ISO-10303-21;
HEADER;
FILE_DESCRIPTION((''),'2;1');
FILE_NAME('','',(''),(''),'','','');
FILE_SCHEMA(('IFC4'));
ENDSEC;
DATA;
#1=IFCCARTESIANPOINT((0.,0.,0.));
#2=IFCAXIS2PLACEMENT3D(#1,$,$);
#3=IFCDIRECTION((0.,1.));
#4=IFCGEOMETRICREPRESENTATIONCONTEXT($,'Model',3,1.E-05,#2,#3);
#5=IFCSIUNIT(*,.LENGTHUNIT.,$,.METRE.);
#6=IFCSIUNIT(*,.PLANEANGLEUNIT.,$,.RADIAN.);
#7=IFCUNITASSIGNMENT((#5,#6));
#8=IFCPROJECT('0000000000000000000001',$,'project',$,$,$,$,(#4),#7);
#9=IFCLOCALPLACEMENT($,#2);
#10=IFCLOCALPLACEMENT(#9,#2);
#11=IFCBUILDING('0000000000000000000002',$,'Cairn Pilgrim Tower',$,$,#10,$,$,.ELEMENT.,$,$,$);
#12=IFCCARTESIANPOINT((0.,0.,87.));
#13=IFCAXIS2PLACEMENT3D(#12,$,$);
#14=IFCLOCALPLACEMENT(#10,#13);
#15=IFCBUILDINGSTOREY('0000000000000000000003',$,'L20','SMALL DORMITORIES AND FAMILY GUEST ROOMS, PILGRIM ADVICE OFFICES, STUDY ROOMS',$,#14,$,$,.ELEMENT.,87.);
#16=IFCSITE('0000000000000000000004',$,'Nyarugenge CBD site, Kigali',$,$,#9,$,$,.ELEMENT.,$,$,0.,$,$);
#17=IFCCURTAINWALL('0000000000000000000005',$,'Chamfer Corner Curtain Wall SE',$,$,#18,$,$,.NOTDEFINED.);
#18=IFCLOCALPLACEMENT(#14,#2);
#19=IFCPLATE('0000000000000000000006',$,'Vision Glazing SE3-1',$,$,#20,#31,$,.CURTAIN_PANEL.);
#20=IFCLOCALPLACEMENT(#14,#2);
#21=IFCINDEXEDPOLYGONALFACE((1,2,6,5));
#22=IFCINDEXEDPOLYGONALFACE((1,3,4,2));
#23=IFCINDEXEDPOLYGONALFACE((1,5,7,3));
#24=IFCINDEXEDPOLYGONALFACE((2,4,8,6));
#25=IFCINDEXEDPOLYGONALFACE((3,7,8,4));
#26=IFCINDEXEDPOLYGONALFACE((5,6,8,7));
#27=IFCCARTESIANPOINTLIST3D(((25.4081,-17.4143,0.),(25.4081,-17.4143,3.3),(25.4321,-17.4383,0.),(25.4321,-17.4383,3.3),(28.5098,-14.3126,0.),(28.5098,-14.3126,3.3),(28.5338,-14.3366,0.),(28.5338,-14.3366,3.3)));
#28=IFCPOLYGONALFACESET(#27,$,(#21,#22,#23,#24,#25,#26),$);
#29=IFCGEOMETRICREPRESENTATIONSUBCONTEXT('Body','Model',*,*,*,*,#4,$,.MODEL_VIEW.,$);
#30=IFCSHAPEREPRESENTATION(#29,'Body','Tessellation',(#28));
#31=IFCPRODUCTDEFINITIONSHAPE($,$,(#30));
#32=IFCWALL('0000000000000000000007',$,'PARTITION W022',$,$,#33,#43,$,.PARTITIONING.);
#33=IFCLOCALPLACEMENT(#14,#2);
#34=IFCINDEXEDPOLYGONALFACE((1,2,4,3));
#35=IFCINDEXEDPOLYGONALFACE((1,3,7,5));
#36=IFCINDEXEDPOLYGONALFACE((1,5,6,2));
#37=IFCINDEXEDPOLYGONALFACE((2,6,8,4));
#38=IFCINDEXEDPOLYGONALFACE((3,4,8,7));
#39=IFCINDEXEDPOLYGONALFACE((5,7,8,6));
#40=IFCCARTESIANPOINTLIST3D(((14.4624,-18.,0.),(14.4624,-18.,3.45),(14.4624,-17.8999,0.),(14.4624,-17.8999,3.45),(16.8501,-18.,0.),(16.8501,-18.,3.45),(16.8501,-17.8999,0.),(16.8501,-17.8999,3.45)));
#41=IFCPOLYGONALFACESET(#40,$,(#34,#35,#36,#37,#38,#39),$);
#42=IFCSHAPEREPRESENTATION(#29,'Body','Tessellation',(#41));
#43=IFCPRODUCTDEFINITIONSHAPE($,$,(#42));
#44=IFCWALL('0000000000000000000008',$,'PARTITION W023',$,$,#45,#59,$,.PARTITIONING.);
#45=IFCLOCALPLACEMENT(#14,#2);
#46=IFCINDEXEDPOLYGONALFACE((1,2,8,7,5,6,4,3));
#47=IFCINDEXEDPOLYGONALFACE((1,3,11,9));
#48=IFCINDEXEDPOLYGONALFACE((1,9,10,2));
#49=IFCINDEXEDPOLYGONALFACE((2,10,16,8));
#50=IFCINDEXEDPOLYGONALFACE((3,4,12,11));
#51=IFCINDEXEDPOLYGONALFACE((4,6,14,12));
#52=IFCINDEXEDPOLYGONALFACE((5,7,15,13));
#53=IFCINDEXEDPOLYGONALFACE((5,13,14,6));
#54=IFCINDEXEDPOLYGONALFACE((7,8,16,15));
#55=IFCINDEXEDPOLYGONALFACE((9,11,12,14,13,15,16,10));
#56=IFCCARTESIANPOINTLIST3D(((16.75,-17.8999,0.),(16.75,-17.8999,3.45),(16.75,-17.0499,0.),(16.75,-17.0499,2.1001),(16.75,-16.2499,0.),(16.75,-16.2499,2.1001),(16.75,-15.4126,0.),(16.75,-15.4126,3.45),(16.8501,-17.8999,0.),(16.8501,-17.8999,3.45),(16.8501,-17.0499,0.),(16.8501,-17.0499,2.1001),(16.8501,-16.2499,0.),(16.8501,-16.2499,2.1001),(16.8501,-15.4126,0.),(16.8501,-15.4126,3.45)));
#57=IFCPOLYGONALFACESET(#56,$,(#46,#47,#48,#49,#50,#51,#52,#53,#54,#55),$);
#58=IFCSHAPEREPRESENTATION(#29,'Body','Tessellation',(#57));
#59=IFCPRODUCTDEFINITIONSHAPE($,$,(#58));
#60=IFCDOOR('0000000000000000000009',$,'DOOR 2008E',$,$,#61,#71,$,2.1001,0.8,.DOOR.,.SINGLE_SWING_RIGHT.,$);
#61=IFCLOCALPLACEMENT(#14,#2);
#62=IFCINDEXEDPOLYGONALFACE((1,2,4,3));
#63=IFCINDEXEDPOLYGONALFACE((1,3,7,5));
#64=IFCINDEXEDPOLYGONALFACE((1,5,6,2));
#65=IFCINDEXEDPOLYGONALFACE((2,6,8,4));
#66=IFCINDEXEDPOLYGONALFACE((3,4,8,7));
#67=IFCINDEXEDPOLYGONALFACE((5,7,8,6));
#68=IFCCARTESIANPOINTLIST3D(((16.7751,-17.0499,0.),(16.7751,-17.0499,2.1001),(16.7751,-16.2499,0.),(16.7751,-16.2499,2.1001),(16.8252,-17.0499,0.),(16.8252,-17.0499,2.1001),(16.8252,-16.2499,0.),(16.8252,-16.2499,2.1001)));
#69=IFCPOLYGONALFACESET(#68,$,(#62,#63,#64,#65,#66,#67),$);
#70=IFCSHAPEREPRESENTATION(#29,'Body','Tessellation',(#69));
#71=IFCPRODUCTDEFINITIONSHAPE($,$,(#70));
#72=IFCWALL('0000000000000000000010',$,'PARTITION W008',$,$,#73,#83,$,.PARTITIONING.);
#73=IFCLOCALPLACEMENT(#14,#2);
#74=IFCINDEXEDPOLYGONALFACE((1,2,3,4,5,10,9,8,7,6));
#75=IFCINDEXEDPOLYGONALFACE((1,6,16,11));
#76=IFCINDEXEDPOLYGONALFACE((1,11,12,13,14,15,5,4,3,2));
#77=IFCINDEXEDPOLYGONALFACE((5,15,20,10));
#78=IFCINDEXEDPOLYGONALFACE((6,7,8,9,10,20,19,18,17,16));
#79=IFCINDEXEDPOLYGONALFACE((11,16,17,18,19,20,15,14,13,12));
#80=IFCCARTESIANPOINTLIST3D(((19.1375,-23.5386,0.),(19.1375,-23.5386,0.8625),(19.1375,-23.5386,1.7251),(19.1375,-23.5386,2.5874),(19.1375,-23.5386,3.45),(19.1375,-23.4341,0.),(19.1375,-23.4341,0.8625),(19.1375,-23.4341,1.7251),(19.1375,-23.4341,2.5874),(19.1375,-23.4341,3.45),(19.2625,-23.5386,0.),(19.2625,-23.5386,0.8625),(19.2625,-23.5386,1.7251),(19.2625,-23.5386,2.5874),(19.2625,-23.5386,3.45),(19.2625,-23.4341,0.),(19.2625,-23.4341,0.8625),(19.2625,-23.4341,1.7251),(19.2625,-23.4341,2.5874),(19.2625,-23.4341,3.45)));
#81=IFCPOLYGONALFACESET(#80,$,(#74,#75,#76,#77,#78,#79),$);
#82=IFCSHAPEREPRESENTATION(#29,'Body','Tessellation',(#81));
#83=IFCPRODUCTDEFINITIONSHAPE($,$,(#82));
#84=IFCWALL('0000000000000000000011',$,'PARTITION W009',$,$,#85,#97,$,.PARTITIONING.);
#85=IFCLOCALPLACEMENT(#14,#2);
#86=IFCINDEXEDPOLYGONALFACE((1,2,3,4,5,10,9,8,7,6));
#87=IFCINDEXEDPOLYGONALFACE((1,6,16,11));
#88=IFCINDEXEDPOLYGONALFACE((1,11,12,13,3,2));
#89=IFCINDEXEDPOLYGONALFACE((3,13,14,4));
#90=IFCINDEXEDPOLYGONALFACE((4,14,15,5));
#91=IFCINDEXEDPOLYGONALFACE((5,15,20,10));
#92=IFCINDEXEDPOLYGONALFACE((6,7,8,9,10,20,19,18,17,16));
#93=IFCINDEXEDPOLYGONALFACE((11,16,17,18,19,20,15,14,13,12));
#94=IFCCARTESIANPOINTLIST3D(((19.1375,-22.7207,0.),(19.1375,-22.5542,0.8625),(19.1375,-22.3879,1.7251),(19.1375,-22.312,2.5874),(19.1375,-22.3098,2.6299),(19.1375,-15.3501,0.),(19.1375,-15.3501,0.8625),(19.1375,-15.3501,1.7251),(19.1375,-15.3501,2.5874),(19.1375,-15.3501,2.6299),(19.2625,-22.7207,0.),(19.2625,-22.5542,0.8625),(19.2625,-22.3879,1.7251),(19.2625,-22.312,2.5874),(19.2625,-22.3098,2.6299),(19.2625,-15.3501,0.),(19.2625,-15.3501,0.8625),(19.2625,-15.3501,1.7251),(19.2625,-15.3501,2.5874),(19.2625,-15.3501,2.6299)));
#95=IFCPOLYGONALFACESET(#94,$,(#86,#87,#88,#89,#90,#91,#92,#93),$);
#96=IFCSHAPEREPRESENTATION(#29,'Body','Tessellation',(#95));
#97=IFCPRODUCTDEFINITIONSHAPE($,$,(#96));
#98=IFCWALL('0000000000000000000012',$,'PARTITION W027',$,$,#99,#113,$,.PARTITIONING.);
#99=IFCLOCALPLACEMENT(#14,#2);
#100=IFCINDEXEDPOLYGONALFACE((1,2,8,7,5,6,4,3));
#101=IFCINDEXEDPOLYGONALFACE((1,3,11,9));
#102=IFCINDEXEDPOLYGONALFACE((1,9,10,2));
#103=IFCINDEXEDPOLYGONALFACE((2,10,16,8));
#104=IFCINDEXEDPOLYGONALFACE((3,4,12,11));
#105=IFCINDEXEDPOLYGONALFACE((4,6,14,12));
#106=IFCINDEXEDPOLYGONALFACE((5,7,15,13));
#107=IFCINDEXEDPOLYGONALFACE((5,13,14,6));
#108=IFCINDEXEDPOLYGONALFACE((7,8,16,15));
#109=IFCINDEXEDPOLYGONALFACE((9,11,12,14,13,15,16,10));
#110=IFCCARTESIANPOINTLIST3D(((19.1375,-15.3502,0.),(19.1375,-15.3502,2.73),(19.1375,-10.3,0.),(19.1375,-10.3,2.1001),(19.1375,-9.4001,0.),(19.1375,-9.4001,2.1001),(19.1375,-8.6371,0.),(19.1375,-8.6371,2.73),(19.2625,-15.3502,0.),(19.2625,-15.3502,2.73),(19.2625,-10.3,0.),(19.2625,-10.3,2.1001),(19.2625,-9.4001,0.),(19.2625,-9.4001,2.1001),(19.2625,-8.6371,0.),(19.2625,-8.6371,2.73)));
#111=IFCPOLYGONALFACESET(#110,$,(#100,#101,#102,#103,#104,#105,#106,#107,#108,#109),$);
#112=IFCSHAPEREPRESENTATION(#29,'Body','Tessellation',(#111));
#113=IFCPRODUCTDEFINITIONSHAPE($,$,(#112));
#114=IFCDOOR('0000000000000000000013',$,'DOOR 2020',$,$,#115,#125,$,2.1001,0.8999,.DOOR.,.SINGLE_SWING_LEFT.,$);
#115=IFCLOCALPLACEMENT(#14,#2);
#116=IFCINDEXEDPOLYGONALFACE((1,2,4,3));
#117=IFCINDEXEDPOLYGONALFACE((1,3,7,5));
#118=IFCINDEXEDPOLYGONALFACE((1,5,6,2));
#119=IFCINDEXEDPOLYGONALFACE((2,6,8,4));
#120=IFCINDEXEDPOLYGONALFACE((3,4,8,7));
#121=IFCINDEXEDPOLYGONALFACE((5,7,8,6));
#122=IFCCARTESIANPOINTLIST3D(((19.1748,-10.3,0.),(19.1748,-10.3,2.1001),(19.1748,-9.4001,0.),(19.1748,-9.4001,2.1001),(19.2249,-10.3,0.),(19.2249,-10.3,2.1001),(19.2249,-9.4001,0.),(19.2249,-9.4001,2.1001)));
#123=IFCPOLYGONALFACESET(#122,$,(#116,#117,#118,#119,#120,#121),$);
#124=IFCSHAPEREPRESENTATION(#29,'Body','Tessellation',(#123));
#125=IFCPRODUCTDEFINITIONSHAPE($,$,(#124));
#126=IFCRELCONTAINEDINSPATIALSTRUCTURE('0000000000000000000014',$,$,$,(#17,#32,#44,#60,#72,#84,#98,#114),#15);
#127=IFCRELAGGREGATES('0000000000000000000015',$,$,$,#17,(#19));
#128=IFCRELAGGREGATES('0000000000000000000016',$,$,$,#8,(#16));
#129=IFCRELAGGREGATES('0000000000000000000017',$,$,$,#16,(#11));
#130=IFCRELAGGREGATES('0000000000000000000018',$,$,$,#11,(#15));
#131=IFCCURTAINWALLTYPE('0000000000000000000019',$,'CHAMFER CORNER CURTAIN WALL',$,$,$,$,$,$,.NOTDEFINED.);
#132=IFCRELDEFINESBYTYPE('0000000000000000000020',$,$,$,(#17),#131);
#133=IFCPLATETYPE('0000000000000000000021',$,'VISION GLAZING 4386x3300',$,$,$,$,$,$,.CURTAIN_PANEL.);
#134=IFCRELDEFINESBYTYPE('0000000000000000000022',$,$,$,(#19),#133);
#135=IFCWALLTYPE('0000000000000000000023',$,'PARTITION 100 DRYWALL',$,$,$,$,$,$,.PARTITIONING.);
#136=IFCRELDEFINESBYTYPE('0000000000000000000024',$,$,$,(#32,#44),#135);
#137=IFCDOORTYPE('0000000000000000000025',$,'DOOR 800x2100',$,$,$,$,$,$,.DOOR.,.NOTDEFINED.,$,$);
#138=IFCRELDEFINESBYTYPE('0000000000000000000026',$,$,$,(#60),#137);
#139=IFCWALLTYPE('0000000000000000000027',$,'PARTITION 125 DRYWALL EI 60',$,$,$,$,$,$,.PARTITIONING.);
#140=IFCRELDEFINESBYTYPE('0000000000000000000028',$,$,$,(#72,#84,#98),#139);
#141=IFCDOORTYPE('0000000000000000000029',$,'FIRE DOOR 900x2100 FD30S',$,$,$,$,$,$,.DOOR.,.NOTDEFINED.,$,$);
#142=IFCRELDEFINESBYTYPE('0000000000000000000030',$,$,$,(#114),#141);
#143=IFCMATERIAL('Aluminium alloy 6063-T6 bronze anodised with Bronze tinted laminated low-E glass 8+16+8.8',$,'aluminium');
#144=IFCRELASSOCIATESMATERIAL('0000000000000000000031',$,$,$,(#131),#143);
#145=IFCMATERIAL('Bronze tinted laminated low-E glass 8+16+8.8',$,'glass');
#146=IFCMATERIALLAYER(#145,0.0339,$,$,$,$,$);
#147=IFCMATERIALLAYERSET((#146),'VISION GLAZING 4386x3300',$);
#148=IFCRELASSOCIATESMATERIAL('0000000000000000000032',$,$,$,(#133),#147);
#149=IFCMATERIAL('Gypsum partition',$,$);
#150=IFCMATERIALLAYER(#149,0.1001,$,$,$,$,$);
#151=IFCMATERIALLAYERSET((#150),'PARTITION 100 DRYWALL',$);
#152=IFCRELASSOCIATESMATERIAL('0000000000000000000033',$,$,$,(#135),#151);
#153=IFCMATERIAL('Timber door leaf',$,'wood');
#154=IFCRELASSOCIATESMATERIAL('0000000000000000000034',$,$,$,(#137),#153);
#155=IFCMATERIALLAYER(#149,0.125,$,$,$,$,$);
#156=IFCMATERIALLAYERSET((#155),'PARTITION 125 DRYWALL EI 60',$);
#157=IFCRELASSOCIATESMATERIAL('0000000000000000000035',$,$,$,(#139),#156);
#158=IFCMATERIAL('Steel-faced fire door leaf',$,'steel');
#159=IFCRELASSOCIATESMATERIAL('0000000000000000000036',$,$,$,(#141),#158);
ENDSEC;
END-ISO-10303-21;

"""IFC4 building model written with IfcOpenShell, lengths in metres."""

from ifc_helpers import new_model, si_unit, direction, frame, frame_2d, origin, origin_2d, place, context, subcontext, project, spatial, polyline, rectangle, outline, extrude, material, layer, layer_set, type_object, element, fill, aggregate, save


model = new_model("IFC4")

# Units and contexts
model_context = context("Model", 3, precision=1e-05, world=origin(), true_north=direction((0.0, 1.0)))
body_context = subcontext(model_context, "Body", "Model", "MODEL_VIEW")
ifc_project = project(units=[si_unit("LENGTHUNIT", "METRE"), si_unit("PLANEANGLEUNIT", "RADIAN")], contexts=[model_context])

# Site, building, storey
site_placement = place(None, origin())
site = spatial("IfcSite", under=ifc_project, at=site_placement, Name="Nyarugenge CBD site, Kigali", CompositionType="ELEMENT", RefElevation=0.0)
building_placement = place(site_placement, origin())
building = spatial("IfcBuilding", under=site, at=building_placement, Name="Cairn Pilgrim Tower", CompositionType="ELEMENT")
storey_placement = place(building_placement, frame((0.0, 0.0, 87.0)))
storey = spatial("IfcBuildingStorey", under=building, at=storey_placement, Name="L20", Description="SMALL DORMITORIES AND FAMILY GUEST ROOMS, PILGRIM ADVICE OFFICES, STUDY ROOMS", CompositionType="ELEMENT", Elevation=87.0)

# Curtain wall
ifc_material_1 = material(Name="Aluminium alloy 6063-T6 bronze anodised with Bronze tinted laminated low-E glass 8+16+8.8", Category="aluminium")
curtain_wall_type_1 = type_object("IfcCurtainWallType", Name="CHAMFER CORNER CURTAIN WALL", PredefinedType="NOTDEFINED", material=ifc_material_1)
curtain_wall_1_placement = place(storey_placement, origin())
curtain_wall_1 = element("IfcCurtainWall", 1, at=curtain_wall_1_placement, inside=storey, type_object=curtain_wall_type_1, Name="Chamfer Corner Curtain Wall SE", PredefinedType="NOTDEFINED")

# Plate
ifc_material_2 = material(Name="Bronze tinted laminated low-E glass 8+16+8.8", Category="glass")
ifc_layer_1 = layer(ifc_material_2, 0.0339)
ifc_layer_set_1 = layer_set([ifc_layer_1], Name="VISION GLAZING 4386x3300")
plate_type_1 = type_object("IfcPlateType", Name="VISION GLAZING 4386x3300", PredefinedType="CURTAIN_PANEL", material=ifc_layer_set_1)
plate_1_placement = place(storey_placement, frame((26.9709, -15.8755, 0.0), z_axis=(0.0, 0.0, 1.0), x_axis=(0.707107, 0.707107, 0.0)))
plate_1 = element("IfcPlate", 2, at=plate_1_placement, type_object=plate_type_1, Name="Vision Glazing SE3-1", PredefinedType="CURTAIN_PANEL", context=body_context, shape_type="SweptSolid", body=[
    extrude(rectangle(XDim=4.3865, YDim=0.0339, at=origin_2d()), origin(), (0.0, 0.0, 1.0), 3.3),
])
aggregate(curtain_wall_1, [plate_1])

# Wall
ifc_material_3 = material(Name="Gypsum partition")
ifc_layer_2 = layer(ifc_material_3, 0.1001)
ifc_layer_set_2 = layer_set([ifc_layer_2], Name="PARTITION 100 DRYWALL")
wall_type_1 = type_object("IfcWallType", Name="PARTITION 100 DRYWALL", PredefinedType="PARTITIONING", material=ifc_layer_set_2)
wall_1_placement = place(storey_placement, frame((14.4624, -17.95, 0.0), z_axis=(0.0, 0.0, 1.0), x_axis=(1.0, 0.0, 0.0)))
element("IfcWall", 3, at=wall_1_placement, inside=storey, type_object=wall_type_1, Name="PARTITION W022", PredefinedType="PARTITIONING", context=body_context, shape_type="SweptSolid", body=[
    extrude(rectangle(XDim=2.3877, YDim=0.1001, at=frame_2d((1.1938, 0.0))), origin(), (0.0, 0.0, 1.0), 3.45),
])

# Wall, opening, door
wall_2_placement = place(storey_placement, frame((16.8, -17.8999, 0.0), z_axis=(0.0, 0.0, 1.0), x_axis=(0.0, 1.0, 0.0)))
wall_2 = element("IfcWall", 4, at=wall_2_placement, inside=storey, type_object=wall_type_1, Name="PARTITION W023", PredefinedType="PARTITIONING", context=body_context, shape_type="SweptSolid", body=[
    extrude(rectangle(XDim=2.4873, YDim=0.1001, at=frame_2d((1.2437, 0.0))), origin(), (0.0, 0.0, 1.0), 3.45),
])
opening_1_placement = place(wall_2_placement, frame((0.8501, 0.0, 0.0)))
opening_1 = element("IfcOpeningElement", 5, at=opening_1_placement, cuts=wall_2, PredefinedType="OPENING", context=body_context, shape_type="SweptSolid", body=[
    extrude(rectangle(XDim=0.8, YDim=2.1001, at=frame_2d((0.3999, 1.05))), frame((0.0, 0.0601, 0.0), z_axis=(0.0, -1.0, 0.0), x_axis=(1.0, 0.0, 0.0)), (0.0, 0.0, 1.0), 0.1201),
])
ifc_material_4 = material(Name="Timber door leaf", Category="wood")
door_type_1 = type_object("IfcDoorType", Name="DOOR 800x2100", OperationType="NOTDEFINED", PredefinedType="DOOR", material=ifc_material_4)
door_1_placement = place(opening_1_placement, origin())
door_1 = element("IfcDoor", 6, at=door_1_placement, inside=storey, type_object=door_type_1, Name="DOOR 2008E", OperationType="SINGLE_SWING_RIGHT", OverallHeight=2.1001, OverallWidth=0.8, PredefinedType="DOOR", context=body_context, shape_type="SweptSolid", body=[
    extrude(rectangle(XDim=0.8, YDim=2.1001, at=frame_2d((0.3999, 1.05))), frame((0.0, 0.0249, 0.0), z_axis=(0.0, -1.0, 0.0), x_axis=(1.0, 0.0, 0.0)), (0.0, 0.0, 1.0), 0.05),
])
fill(opening_1, door_1)

# Walls
ifc_layer_3 = layer(ifc_material_3, 0.125)
ifc_layer_set_3 = layer_set([ifc_layer_3], Name="PARTITION 125 DRYWALL EI 60")
wall_type_2 = type_object("IfcWallType", Name="PARTITION 125 DRYWALL EI 60", PredefinedType="PARTITIONING", material=ifc_layer_set_3)
wall_3_placement = place(storey_placement, frame((19.2, -23.5386, 0.0), z_axis=(0.0, 0.0, 1.0), x_axis=(0.0, 1.0, 0.0)))
element("IfcWall", 7, at=wall_3_placement, inside=storey, type_object=wall_type_2, Name="PARTITION W008", PredefinedType="PARTITIONING", context=body_context, shape_type="SweptSolid", body=[
    extrude(outline(polyline([(0.0, 0.0), (0.1045, 0.0), (0.1045, 0.8625), (0.1045, 1.7251), (0.1045, 2.5874), (0.1045, 3.45), (0.0, 3.45), (0.0, 2.5874), (0.0, 1.7251), (0.0, 0.8625), (0.0, 0.0)])), frame((0.0, 0.0625, 0.0), z_axis=(0.0, -1.0, 0.0), x_axis=(1.0, 0.0, 0.0)), (0.0, 0.0, 1.0), 0.125),
])
wall_4_placement = place(storey_placement, frame((19.2, -22.7207, 0.0), z_axis=(0.0, 0.0, 1.0), x_axis=(0.0, 1.0, 0.0)))
element("IfcWall", 8, at=wall_4_placement, inside=storey, type_object=wall_type_2, Name="PARTITION W009", PredefinedType="PARTITIONING", context=body_context, shape_type="SweptSolid", body=[
    extrude(outline(polyline([(0.0, 0.0), (7.3706, 0.0), (7.3706, 0.8625), (7.3706, 1.7251), (7.3706, 2.5874), (7.3706, 2.6299), (0.4109, 2.6299), (0.4087, 2.5874), (0.3328, 1.7251), (0.1665, 0.8625), (0.0, 0.0)])), frame((0.0, 0.0625, 0.0), z_axis=(0.0, -1.0, 0.0), x_axis=(1.0, 0.0, 0.0)), (0.0, 0.0, 1.0), 0.125),
])

# Wall, opening, door
wall_5_placement = place(storey_placement, frame((19.2, -15.3501, 0.0), z_axis=(0.0, 0.0, 1.0), x_axis=(0.0, 1.0, 0.0)))
wall_5 = element("IfcWall", 9, at=wall_5_placement, inside=storey, type_object=wall_type_2, Name="PARTITION W027", PredefinedType="PARTITIONING", context=body_context, shape_type="SweptSolid", body=[
    extrude(rectangle(XDim=6.7131, YDim=0.125, at=frame_2d((3.3564, 0.0))), origin(), (0.0, 0.0, 1.0), 2.73),
])
opening_2_placement = place(wall_5_placement, frame((5.05, 0.0, 0.0)))
opening_2 = element("IfcOpeningElement", 10, at=opening_2_placement, cuts=wall_5, PredefinedType="OPENING", context=body_context, shape_type="SweptSolid", body=[
    extrude(rectangle(XDim=0.8999, YDim=2.1001, at=frame_2d((0.45, 1.05))), frame((0.0, 0.0725, 0.0), z_axis=(0.0, -1.0, 0.0), x_axis=(1.0, 0.0, 0.0)), (0.0, 0.0, 1.0), 0.145),
])
ifc_material_5 = material(Name="Steel-faced fire door leaf", Category="steel")
door_type_2 = type_object("IfcDoorType", Name="FIRE DOOR 900x2100 FD30S", OperationType="NOTDEFINED", PredefinedType="DOOR", material=ifc_material_5)
door_2_placement = place(opening_2_placement, frame((0.8999, 0.0, 0.0), z_axis=(0.0, 0.0, 1.0), x_axis=(-1.0, 0.0, 0.0)))
door_2 = element("IfcDoor", 11, at=door_2_placement, inside=storey, type_object=door_type_2, Name="DOOR 2020", OperationType="SINGLE_SWING_LEFT", OverallHeight=2.1001, OverallWidth=0.8999, PredefinedType="DOOR", context=body_context, shape_type="SweptSolid", body=[
    extrude(rectangle(XDim=0.8999, YDim=2.1001, at=frame_2d((0.45, 1.05))), frame((0.0, 0.0249, 0.0), z_axis=(0.0, -1.0, 0.0), x_axis=(1.0, 0.0, 0.0)), (0.0, 0.0, 1.0), 0.05),
])
fill(opening_2, door_2)

save(model, "model.ifc")
